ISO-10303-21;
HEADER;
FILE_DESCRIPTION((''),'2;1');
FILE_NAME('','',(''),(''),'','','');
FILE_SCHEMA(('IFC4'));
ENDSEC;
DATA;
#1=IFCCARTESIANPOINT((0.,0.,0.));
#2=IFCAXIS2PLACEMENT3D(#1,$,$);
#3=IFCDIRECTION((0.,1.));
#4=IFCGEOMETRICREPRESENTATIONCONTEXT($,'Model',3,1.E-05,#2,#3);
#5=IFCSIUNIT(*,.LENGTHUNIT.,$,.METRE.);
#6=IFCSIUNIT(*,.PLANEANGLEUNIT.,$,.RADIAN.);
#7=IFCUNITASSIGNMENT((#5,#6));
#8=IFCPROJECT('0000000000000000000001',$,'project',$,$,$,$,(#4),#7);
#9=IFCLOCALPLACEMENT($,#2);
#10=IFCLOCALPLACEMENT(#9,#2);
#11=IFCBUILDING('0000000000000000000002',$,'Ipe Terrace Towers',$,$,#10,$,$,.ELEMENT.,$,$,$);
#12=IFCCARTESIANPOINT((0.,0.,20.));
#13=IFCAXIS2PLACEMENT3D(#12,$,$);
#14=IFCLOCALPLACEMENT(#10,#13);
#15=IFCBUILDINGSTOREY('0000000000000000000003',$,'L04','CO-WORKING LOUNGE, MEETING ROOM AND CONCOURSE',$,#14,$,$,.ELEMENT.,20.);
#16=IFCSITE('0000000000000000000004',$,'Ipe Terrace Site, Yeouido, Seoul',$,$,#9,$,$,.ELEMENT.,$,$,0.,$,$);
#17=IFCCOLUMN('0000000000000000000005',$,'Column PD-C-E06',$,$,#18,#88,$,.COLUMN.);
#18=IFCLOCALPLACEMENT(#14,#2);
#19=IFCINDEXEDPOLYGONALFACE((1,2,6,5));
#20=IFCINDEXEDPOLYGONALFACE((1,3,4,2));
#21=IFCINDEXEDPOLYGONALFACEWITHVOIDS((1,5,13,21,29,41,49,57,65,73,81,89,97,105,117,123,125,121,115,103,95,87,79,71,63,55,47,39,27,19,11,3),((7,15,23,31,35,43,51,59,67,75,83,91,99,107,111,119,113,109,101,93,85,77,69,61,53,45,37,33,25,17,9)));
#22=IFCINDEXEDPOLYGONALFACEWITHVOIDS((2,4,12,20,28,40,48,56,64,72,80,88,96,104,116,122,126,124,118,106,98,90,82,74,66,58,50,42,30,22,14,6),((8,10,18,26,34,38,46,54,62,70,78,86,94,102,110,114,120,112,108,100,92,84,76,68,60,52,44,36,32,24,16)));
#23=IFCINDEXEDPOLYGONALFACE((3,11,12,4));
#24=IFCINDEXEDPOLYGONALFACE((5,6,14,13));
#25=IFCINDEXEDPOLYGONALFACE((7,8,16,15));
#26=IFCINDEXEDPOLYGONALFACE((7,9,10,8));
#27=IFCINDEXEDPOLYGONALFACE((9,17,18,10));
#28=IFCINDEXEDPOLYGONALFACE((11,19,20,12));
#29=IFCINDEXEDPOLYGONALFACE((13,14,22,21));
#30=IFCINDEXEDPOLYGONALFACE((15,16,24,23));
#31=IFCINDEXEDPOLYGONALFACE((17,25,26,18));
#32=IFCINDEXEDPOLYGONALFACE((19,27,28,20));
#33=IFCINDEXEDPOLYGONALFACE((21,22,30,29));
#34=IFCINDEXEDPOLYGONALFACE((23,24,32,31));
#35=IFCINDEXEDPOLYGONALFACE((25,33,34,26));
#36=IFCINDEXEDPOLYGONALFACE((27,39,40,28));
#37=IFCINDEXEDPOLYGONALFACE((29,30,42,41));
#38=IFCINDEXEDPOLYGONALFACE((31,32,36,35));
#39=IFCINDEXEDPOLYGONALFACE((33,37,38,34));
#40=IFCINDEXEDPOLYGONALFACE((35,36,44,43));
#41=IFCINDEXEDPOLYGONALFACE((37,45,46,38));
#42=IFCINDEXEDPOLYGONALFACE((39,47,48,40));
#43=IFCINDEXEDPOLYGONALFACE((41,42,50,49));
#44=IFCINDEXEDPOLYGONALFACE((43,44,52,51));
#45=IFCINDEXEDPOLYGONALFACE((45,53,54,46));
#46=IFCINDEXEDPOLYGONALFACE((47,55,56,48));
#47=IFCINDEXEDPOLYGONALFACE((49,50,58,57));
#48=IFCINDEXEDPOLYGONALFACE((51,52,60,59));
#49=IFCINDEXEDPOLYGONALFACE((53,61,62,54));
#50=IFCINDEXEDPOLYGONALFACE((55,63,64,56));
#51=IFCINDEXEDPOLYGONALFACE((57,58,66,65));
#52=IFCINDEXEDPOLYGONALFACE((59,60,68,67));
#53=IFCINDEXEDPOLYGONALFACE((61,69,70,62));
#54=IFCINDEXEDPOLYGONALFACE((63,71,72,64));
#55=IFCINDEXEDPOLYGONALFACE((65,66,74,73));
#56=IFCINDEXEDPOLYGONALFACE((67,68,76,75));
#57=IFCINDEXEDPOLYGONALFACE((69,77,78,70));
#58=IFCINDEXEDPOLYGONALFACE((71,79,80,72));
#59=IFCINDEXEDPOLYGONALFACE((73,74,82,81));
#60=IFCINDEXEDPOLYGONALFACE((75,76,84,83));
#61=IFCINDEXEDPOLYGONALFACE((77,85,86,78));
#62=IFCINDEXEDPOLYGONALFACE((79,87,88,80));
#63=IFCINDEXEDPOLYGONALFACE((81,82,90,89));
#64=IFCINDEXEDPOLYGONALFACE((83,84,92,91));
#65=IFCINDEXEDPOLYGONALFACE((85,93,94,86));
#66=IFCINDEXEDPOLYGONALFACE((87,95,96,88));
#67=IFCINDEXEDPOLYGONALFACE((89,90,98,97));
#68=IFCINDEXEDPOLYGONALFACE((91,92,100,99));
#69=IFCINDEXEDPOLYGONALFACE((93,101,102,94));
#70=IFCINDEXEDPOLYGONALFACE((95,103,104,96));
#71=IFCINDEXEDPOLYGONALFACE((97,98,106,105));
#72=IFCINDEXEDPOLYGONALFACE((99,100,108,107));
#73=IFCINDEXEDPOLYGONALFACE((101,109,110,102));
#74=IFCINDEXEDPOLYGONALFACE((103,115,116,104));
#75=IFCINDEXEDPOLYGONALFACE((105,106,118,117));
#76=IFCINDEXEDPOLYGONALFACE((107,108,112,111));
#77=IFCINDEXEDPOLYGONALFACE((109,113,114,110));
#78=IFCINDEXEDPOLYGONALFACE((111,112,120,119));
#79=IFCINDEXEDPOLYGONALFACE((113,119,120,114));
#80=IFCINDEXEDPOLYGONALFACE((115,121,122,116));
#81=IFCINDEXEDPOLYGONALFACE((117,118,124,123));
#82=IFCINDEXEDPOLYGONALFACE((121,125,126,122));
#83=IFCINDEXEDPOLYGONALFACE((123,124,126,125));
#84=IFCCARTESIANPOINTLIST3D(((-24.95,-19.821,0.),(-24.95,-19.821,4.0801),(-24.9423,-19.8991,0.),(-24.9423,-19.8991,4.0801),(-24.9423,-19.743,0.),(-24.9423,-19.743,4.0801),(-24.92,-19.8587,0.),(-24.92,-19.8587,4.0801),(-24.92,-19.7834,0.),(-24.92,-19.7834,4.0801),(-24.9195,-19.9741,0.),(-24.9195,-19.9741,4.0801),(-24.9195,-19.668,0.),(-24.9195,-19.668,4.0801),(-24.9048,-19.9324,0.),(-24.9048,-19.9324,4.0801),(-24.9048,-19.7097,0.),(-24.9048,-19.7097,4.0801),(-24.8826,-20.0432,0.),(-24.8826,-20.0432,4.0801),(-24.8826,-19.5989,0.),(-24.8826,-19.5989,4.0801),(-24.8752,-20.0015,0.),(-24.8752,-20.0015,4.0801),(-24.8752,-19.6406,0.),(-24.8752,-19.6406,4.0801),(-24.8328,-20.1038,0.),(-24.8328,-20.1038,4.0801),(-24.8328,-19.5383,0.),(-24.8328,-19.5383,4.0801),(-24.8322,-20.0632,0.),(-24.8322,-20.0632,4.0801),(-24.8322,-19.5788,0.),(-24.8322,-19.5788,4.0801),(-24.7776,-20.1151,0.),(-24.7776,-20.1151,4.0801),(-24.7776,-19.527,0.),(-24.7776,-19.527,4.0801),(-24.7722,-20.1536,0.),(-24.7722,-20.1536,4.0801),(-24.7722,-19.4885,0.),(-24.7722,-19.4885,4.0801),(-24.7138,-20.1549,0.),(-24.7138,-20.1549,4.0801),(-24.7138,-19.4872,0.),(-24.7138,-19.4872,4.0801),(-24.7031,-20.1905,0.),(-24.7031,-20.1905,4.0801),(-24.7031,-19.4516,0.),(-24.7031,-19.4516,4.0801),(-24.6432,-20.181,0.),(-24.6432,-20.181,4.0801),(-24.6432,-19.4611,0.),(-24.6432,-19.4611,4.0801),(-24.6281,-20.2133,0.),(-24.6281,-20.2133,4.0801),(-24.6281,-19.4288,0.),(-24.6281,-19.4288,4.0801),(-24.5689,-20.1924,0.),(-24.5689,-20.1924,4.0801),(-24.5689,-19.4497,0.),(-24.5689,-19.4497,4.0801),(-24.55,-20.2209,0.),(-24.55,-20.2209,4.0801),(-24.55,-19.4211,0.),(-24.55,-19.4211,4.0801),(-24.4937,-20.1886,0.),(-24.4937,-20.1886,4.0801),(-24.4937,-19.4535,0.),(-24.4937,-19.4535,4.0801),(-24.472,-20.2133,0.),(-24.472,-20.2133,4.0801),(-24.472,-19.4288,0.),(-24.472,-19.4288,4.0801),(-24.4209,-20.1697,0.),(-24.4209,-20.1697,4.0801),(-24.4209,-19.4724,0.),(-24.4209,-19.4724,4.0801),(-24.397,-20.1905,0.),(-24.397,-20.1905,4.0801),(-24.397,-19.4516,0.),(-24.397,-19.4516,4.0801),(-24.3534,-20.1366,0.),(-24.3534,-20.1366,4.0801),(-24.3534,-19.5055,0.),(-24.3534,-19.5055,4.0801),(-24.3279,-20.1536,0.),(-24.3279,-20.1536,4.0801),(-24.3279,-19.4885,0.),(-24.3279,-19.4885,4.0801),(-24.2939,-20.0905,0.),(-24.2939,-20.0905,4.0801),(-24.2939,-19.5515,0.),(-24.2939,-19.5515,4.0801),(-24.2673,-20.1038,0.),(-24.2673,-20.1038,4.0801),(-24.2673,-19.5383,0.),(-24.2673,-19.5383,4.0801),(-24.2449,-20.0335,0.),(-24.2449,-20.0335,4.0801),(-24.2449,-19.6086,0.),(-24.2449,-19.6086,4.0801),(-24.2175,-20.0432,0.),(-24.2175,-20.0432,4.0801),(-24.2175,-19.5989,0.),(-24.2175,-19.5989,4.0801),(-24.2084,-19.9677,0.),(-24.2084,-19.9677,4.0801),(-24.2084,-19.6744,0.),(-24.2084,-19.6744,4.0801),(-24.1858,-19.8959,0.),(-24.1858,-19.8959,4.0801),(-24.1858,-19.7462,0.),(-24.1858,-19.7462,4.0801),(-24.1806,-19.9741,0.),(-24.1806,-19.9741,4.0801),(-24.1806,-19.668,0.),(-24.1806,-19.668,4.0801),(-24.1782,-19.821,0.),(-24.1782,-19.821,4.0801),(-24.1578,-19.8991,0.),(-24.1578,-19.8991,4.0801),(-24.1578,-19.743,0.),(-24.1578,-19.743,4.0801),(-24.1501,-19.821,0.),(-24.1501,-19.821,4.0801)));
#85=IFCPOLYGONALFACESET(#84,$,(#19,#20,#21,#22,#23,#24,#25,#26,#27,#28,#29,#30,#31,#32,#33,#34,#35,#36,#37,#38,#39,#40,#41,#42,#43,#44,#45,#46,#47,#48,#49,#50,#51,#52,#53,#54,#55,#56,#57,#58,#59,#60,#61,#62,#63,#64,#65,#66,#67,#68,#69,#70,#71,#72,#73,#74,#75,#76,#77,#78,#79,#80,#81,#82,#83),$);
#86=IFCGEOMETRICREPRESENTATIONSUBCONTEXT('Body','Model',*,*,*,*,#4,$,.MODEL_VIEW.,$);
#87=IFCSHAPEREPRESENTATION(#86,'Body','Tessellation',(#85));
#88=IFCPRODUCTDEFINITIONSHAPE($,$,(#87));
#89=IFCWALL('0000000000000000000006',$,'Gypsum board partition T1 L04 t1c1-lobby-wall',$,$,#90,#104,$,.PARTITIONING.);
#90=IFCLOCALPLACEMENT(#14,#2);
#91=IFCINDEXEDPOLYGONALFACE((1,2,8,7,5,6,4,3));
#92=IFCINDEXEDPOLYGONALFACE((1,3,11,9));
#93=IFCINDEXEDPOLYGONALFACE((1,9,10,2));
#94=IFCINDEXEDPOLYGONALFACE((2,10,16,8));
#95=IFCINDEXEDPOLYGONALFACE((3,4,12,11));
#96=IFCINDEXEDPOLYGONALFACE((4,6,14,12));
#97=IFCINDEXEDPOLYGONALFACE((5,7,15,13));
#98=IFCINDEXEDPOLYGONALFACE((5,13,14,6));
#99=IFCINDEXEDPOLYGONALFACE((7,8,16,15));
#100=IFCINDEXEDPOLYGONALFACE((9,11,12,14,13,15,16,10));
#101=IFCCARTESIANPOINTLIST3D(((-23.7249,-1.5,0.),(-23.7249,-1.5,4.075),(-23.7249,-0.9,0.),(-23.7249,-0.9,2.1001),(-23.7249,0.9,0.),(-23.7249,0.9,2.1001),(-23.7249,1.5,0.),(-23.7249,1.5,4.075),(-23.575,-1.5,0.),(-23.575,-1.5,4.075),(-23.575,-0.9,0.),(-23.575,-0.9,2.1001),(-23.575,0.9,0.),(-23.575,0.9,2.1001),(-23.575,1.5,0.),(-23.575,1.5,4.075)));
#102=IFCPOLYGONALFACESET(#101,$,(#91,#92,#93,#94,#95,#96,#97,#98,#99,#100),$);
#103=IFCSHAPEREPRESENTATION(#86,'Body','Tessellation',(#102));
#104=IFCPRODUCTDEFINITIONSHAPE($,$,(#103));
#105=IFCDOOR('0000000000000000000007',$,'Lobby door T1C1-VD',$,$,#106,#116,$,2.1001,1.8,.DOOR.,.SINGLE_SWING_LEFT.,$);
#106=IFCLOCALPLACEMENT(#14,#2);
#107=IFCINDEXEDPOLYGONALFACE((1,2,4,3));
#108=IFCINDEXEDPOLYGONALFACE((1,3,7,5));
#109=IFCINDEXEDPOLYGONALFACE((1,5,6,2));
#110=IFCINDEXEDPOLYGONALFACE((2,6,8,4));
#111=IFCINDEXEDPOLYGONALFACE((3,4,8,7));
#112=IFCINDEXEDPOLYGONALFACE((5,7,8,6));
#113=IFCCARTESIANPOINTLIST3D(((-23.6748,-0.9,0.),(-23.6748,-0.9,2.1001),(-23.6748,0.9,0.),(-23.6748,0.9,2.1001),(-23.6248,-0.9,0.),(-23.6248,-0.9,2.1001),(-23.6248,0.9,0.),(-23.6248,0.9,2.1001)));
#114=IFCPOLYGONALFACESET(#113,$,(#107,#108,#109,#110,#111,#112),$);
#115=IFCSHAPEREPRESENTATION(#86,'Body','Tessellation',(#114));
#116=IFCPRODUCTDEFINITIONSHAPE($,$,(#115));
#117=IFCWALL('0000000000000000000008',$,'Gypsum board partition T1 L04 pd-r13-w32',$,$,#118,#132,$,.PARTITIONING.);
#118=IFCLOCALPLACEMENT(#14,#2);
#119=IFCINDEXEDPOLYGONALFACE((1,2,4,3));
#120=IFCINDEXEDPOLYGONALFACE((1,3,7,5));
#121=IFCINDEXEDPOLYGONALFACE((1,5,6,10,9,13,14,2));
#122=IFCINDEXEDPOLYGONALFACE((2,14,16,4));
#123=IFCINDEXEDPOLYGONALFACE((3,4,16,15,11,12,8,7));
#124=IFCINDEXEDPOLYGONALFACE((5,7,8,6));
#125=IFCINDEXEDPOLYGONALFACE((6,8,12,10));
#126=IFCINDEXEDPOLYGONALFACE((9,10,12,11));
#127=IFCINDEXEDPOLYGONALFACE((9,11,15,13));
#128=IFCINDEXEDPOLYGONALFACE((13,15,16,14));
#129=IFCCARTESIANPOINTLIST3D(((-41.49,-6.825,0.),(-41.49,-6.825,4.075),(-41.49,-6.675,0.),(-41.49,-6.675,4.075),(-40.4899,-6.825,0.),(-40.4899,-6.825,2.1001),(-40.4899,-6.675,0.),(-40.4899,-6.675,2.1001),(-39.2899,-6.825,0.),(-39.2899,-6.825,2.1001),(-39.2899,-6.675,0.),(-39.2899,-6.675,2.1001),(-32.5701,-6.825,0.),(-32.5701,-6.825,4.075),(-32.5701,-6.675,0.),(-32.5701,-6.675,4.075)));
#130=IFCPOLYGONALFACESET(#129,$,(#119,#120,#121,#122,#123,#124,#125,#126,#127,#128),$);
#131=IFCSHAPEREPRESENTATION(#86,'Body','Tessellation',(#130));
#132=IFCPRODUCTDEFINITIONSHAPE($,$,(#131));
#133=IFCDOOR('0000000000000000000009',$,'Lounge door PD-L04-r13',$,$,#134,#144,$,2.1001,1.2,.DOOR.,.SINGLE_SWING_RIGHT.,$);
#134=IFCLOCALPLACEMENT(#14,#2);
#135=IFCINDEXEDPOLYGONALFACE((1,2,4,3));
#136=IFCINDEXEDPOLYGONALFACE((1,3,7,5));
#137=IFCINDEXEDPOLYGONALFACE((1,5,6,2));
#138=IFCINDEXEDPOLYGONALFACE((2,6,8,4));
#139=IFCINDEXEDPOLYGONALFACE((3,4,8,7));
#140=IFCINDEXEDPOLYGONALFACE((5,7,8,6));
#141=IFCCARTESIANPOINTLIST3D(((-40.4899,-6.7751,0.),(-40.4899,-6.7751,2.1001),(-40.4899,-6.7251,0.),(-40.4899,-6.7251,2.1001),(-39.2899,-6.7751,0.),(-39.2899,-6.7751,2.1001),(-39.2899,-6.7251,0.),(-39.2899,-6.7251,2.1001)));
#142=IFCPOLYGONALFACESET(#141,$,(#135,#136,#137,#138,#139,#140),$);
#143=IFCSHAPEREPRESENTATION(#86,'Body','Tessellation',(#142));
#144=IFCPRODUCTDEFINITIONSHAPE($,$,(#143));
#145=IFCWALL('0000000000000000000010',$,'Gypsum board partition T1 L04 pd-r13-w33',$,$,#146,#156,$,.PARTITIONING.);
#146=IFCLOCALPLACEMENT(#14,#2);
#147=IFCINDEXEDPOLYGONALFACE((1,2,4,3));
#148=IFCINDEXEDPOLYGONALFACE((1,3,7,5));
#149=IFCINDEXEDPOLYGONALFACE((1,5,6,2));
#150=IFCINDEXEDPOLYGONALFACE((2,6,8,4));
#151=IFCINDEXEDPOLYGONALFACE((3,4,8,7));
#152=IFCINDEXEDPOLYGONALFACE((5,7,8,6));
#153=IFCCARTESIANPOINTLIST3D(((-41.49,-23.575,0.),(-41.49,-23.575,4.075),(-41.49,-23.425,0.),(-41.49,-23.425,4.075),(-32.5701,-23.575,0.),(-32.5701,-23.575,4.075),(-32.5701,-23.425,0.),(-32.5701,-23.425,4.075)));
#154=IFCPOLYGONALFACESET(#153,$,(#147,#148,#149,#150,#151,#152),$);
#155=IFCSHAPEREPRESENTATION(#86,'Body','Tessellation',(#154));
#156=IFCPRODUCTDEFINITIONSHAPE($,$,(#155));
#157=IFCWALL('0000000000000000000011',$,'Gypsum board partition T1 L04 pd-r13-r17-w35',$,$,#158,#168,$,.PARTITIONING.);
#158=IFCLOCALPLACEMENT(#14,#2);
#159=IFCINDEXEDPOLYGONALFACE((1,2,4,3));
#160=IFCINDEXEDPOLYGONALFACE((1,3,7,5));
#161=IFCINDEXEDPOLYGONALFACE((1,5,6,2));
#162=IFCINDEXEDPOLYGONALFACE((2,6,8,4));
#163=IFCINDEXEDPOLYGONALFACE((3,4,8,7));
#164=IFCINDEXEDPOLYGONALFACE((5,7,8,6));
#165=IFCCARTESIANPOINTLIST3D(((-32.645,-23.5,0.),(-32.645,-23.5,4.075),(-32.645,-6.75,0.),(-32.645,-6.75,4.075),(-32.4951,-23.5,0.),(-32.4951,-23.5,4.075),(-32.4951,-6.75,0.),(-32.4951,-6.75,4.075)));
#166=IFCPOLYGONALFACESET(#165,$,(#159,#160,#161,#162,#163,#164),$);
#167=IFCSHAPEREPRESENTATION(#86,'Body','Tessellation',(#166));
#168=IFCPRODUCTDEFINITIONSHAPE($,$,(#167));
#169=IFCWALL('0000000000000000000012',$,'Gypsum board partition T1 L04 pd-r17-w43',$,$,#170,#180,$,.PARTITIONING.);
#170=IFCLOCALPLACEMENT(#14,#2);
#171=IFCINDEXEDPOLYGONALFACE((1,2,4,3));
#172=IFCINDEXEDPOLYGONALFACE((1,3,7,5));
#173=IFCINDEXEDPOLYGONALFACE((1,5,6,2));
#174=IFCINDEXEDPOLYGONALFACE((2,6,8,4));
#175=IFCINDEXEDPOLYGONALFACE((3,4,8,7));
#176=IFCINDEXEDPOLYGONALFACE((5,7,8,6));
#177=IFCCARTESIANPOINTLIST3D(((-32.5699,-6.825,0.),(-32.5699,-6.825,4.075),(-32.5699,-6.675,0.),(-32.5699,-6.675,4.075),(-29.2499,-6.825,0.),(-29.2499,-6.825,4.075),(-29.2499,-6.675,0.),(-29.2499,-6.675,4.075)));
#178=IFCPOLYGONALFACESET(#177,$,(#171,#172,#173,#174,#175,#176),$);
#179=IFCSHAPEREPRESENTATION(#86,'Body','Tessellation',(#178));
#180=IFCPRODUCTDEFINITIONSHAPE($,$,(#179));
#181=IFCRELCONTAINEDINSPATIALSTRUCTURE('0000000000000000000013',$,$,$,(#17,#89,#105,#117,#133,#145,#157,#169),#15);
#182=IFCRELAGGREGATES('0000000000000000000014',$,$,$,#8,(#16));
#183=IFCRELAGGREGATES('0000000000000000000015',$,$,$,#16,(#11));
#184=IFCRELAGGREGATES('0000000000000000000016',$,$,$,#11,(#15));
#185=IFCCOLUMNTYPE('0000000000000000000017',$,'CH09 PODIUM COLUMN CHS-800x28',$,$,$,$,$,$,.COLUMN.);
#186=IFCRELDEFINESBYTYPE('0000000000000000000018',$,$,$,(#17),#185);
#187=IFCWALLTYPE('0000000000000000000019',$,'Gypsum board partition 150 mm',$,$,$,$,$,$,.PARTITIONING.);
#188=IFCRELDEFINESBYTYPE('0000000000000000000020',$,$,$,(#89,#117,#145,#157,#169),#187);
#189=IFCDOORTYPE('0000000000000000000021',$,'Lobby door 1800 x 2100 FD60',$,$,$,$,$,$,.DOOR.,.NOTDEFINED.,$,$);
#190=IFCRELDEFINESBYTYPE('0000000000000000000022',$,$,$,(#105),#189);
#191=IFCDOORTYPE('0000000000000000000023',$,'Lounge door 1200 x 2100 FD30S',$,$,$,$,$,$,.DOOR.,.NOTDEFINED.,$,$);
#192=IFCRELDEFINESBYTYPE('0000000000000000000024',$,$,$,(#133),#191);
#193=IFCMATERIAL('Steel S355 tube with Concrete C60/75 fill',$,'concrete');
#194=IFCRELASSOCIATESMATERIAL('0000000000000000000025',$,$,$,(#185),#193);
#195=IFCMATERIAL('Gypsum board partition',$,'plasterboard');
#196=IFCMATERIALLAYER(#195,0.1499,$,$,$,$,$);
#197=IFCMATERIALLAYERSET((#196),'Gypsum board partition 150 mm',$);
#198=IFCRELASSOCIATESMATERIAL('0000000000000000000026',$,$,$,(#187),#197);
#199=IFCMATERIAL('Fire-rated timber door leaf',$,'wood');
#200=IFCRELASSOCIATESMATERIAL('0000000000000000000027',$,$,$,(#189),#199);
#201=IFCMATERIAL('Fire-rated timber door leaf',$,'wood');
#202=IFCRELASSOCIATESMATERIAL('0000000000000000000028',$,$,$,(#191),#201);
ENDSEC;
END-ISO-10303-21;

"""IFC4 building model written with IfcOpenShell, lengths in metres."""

from ifc_helpers import new_model, si_unit, direction, frame, frame_2d, origin, origin_2d, place, context, subcontext, project, spatial, rectangle, hollow_circle, extrude, material, layer, layer_set, material_profile, profile_set, type_object, element, fill, save


model = new_model("IFC4")

# Units and contexts
model_context = context("Model", 3, precision=1e-05, world=origin(), true_north=direction((0.0, 1.0)))
body_context = subcontext(model_context, "Body", "Model", "MODEL_VIEW")
ifc_project = project(units=[si_unit("LENGTHUNIT", "METRE"), si_unit("PLANEANGLEUNIT", "RADIAN")], contexts=[model_context])

# Site, building, storey
site_placement = place(None, origin())
site = spatial("IfcSite", under=ifc_project, at=site_placement, Name="Ipe Terrace Site, Yeouido, Seoul", CompositionType="ELEMENT", RefElevation=0.0)
building_placement = place(site_placement, origin())
building = spatial("IfcBuilding", under=site, at=building_placement, Name="Ipe Terrace Towers", CompositionType="ELEMENT")
storey_placement = place(building_placement, frame((0.0, 0.0, 20.0)))
storey = spatial("IfcBuildingStorey", under=building, at=storey_placement, Name="L04", Description="CO-WORKING LOUNGE, MEETING ROOM AND CONCOURSE", CompositionType="ELEMENT", Elevation=20.0)

# Column
ifc_material_1 = material(Name="Steel S355 tube with Concrete C60/75 fill", Category="concrete")
ifc_material_profile_1 = material_profile(ifc_material_1, hollow_circle(Radius=0.3999, WallThickness=0.0281, at=origin_2d()), Name="CHS-800x28")
ifc_profile_set_1 = profile_set([ifc_material_profile_1], Name="Steel S355 tube with Concrete C60/75 fill")
column_type_1 = type_object("IfcColumnType", Name="CH09 PODIUM COLUMN CHS-800x28", PredefinedType="COLUMN", material=ifc_profile_set_1)
column_1_placement = place(storey_placement, frame((-24.55, -19.821, 0.0), z_axis=(0.0, 0.0, 1.0), x_axis=(1.0, 0.0, 0.0)))
element("IfcColumn", 1, at=column_1_placement, inside=storey, type_object=column_type_1, Name="Column PD-C-E06", PredefinedType="COLUMN", context=body_context, shape_type="SweptSolid", body=[
    extrude(hollow_circle(Radius=0.3999, WallThickness=0.0281, at=origin_2d()), origin(), (0.0, 0.0, 1.0), 4.0801),
])

# Walls, openings, doors
ifc_material_2 = material(Name="Gypsum board partition", Category="plasterboard")
ifc_layer_1 = layer(ifc_material_2, 0.1499)
ifc_layer_set_1 = layer_set([ifc_layer_1], Name="Gypsum board partition 150 mm")
wall_type_1 = type_object("IfcWallType", Name="Gypsum board partition 150 mm", PredefinedType="PARTITIONING", material=ifc_layer_set_1)
wall_1_placement = place(storey_placement, frame((-23.6499, -1.5, 0.0), z_axis=(0.0, 0.0, 1.0), x_axis=(0.0, 1.0, 0.0)))
wall_1 = element("IfcWall", 2, at=wall_1_placement, inside=storey, type_object=wall_type_1, Name="Gypsum board partition T1 L04 t1c1-lobby-wall", PredefinedType="PARTITIONING", context=body_context, shape_type="SweptSolid", body=[
    extrude(rectangle(XDim=3.0, YDim=0.1499, at=frame_2d((1.5, 0.0))), origin(), (0.0, 0.0, 1.0), 4.075),
])
opening_1_placement = place(wall_1_placement, frame((0.6001, 0.0, 0.0)))
opening_1 = element("IfcOpeningElement", 3, at=opening_1_placement, cuts=wall_1, PredefinedType="OPENING", context=body_context, shape_type="SweptSolid", body=[
    extrude(rectangle(XDim=1.8, YDim=2.1001, at=frame_2d((0.8999, 1.05))), frame((0.0, 0.085, 0.0), z_axis=(0.0, -1.0, 0.0), x_axis=(1.0, 0.0, 0.0)), (0.0, 0.0, 1.0), 0.1699),
])
ifc_material_3 = material(Name="Fire-rated timber door leaf", Category="wood")
door_type_1 = type_object("IfcDoorType", Name="Lobby door 1800 x 2100 FD60", OperationType="NOTDEFINED", PredefinedType="DOOR", material=ifc_material_3)
door_1_placement = place(opening_1_placement, origin())
door_1 = element("IfcDoor", 4, at=door_1_placement, inside=storey, type_object=door_type_1, Name="Lobby door T1C1-VD", OperationType="SINGLE_SWING_LEFT", OverallHeight=2.1001, OverallWidth=1.8, PredefinedType="DOOR", context=body_context, shape_type="SweptSolid", body=[
    extrude(rectangle(XDim=1.8, YDim=2.1001, at=frame_2d((0.8999, 1.05))), frame((0.0, 0.0249, 0.0), z_axis=(0.0, -1.0, 0.0), x_axis=(1.0, 0.0, 0.0)), (0.0, 0.0, 1.0), 0.05),
])
fill(opening_1, door_1)
wall_2_placement = place(storey_placement, frame((-41.49, -6.75, 0.0), z_axis=(0.0, 0.0, 1.0), x_axis=(1.0, 0.0, 0.0)))
wall_2 = element("IfcWall", 5, at=wall_2_placement, inside=storey, type_object=wall_type_1, Name="Gypsum board partition T1 L04 pd-r13-w32", PredefinedType="PARTITIONING", context=body_context, shape_type="SweptSolid", body=[
    extrude(rectangle(XDim=8.9199, YDim=0.1499, at=frame_2d((4.46, 0.0))), origin(), (0.0, 0.0, 1.0), 4.075),
])
opening_2_placement = place(wall_2_placement, frame((1.0, 0.0, 0.0)))
opening_2 = element("IfcOpeningElement", 6, at=opening_2_placement, cuts=wall_2, PredefinedType="OPENING", context=body_context, shape_type="SweptSolid", body=[
    extrude(rectangle(XDim=1.2, YDim=2.1001, at=frame_2d((0.6001, 1.05))), frame((0.0, 0.085, 0.0), z_axis=(0.0, -1.0, 0.0), x_axis=(1.0, 0.0, 0.0)), (0.0, 0.0, 1.0), 0.1699),
])
ifc_material_4 = material(Name="Fire-rated timber door leaf", Category="wood")
door_type_2 = type_object("IfcDoorType", Name="Lounge door 1200 x 2100 FD30S", OperationType="NOTDEFINED", PredefinedType="DOOR", material=ifc_material_4)
door_2_placement = place(opening_2_placement, origin())
door_2 = element("IfcDoor", 7, at=door_2_placement, inside=storey, type_object=door_type_2, Name="Lounge door PD-L04-r13", OperationType="SINGLE_SWING_RIGHT", OverallHeight=2.1001, OverallWidth=1.2, PredefinedType="DOOR", context=body_context, shape_type="SweptSolid", body=[
    extrude(rectangle(XDim=1.2, YDim=2.1001, at=frame_2d((0.6001, 1.05))), frame((0.0, 0.0249, 0.0), z_axis=(0.0, -1.0, 0.0), x_axis=(1.0, 0.0, 0.0)), (0.0, 0.0, 1.0), 0.05),
])
fill(opening_2, door_2)

# Walls
wall_3_placement = place(storey_placement, frame((-32.5701, -23.5, 0.0), z_axis=(0.0, 0.0, 1.0), x_axis=(-1.0, 0.0, 0.0)))
element("IfcWall", 8, at=wall_3_placement, inside=storey, type_object=wall_type_1, Name="Gypsum board partition T1 L04 pd-r13-w33", PredefinedType="PARTITIONING", context=body_context, shape_type="SweptSolid", body=[
    extrude(rectangle(XDim=8.9199, YDim=0.1499, at=frame_2d((4.46, 0.0))), origin(), (0.0, 0.0, 1.0), 4.075),
])
wall_4_placement = place(storey_placement, frame((-32.5701, -6.75, 0.0), z_axis=(0.0, 0.0, 1.0), x_axis=(0.0, -1.0, 0.0)))
element("IfcWall", 9, at=wall_4_placement, inside=storey, type_object=wall_type_1, Name="Gypsum board partition T1 L04 pd-r13-r17-w35", PredefinedType="PARTITIONING", context=body_context, shape_type="SweptSolid", body=[
    extrude(rectangle(XDim=16.75, YDim=0.1499, at=frame_2d((8.375, 0.0))), origin(), (0.0, 0.0, 1.0), 4.075),
])
wall_5_placement = place(storey_placement, frame((-32.5701, -6.75, 0.0), z_axis=(0.0, 0.0, 1.0), x_axis=(1.0, 0.0, 0.0)))
element("IfcWall", 10, at=wall_5_placement, inside=storey, type_object=wall_type_1, Name="Gypsum board partition T1 L04 pd-r17-w43", PredefinedType="PARTITIONING", context=body_context, shape_type="SweptSolid", body=[
    extrude(rectangle(XDim=3.3201, YDim=0.1499, at=frame_2d((1.6602, 0.0))), origin(), (0.0, 0.0, 1.0), 4.075),
])

save(model, "model.ifc")
